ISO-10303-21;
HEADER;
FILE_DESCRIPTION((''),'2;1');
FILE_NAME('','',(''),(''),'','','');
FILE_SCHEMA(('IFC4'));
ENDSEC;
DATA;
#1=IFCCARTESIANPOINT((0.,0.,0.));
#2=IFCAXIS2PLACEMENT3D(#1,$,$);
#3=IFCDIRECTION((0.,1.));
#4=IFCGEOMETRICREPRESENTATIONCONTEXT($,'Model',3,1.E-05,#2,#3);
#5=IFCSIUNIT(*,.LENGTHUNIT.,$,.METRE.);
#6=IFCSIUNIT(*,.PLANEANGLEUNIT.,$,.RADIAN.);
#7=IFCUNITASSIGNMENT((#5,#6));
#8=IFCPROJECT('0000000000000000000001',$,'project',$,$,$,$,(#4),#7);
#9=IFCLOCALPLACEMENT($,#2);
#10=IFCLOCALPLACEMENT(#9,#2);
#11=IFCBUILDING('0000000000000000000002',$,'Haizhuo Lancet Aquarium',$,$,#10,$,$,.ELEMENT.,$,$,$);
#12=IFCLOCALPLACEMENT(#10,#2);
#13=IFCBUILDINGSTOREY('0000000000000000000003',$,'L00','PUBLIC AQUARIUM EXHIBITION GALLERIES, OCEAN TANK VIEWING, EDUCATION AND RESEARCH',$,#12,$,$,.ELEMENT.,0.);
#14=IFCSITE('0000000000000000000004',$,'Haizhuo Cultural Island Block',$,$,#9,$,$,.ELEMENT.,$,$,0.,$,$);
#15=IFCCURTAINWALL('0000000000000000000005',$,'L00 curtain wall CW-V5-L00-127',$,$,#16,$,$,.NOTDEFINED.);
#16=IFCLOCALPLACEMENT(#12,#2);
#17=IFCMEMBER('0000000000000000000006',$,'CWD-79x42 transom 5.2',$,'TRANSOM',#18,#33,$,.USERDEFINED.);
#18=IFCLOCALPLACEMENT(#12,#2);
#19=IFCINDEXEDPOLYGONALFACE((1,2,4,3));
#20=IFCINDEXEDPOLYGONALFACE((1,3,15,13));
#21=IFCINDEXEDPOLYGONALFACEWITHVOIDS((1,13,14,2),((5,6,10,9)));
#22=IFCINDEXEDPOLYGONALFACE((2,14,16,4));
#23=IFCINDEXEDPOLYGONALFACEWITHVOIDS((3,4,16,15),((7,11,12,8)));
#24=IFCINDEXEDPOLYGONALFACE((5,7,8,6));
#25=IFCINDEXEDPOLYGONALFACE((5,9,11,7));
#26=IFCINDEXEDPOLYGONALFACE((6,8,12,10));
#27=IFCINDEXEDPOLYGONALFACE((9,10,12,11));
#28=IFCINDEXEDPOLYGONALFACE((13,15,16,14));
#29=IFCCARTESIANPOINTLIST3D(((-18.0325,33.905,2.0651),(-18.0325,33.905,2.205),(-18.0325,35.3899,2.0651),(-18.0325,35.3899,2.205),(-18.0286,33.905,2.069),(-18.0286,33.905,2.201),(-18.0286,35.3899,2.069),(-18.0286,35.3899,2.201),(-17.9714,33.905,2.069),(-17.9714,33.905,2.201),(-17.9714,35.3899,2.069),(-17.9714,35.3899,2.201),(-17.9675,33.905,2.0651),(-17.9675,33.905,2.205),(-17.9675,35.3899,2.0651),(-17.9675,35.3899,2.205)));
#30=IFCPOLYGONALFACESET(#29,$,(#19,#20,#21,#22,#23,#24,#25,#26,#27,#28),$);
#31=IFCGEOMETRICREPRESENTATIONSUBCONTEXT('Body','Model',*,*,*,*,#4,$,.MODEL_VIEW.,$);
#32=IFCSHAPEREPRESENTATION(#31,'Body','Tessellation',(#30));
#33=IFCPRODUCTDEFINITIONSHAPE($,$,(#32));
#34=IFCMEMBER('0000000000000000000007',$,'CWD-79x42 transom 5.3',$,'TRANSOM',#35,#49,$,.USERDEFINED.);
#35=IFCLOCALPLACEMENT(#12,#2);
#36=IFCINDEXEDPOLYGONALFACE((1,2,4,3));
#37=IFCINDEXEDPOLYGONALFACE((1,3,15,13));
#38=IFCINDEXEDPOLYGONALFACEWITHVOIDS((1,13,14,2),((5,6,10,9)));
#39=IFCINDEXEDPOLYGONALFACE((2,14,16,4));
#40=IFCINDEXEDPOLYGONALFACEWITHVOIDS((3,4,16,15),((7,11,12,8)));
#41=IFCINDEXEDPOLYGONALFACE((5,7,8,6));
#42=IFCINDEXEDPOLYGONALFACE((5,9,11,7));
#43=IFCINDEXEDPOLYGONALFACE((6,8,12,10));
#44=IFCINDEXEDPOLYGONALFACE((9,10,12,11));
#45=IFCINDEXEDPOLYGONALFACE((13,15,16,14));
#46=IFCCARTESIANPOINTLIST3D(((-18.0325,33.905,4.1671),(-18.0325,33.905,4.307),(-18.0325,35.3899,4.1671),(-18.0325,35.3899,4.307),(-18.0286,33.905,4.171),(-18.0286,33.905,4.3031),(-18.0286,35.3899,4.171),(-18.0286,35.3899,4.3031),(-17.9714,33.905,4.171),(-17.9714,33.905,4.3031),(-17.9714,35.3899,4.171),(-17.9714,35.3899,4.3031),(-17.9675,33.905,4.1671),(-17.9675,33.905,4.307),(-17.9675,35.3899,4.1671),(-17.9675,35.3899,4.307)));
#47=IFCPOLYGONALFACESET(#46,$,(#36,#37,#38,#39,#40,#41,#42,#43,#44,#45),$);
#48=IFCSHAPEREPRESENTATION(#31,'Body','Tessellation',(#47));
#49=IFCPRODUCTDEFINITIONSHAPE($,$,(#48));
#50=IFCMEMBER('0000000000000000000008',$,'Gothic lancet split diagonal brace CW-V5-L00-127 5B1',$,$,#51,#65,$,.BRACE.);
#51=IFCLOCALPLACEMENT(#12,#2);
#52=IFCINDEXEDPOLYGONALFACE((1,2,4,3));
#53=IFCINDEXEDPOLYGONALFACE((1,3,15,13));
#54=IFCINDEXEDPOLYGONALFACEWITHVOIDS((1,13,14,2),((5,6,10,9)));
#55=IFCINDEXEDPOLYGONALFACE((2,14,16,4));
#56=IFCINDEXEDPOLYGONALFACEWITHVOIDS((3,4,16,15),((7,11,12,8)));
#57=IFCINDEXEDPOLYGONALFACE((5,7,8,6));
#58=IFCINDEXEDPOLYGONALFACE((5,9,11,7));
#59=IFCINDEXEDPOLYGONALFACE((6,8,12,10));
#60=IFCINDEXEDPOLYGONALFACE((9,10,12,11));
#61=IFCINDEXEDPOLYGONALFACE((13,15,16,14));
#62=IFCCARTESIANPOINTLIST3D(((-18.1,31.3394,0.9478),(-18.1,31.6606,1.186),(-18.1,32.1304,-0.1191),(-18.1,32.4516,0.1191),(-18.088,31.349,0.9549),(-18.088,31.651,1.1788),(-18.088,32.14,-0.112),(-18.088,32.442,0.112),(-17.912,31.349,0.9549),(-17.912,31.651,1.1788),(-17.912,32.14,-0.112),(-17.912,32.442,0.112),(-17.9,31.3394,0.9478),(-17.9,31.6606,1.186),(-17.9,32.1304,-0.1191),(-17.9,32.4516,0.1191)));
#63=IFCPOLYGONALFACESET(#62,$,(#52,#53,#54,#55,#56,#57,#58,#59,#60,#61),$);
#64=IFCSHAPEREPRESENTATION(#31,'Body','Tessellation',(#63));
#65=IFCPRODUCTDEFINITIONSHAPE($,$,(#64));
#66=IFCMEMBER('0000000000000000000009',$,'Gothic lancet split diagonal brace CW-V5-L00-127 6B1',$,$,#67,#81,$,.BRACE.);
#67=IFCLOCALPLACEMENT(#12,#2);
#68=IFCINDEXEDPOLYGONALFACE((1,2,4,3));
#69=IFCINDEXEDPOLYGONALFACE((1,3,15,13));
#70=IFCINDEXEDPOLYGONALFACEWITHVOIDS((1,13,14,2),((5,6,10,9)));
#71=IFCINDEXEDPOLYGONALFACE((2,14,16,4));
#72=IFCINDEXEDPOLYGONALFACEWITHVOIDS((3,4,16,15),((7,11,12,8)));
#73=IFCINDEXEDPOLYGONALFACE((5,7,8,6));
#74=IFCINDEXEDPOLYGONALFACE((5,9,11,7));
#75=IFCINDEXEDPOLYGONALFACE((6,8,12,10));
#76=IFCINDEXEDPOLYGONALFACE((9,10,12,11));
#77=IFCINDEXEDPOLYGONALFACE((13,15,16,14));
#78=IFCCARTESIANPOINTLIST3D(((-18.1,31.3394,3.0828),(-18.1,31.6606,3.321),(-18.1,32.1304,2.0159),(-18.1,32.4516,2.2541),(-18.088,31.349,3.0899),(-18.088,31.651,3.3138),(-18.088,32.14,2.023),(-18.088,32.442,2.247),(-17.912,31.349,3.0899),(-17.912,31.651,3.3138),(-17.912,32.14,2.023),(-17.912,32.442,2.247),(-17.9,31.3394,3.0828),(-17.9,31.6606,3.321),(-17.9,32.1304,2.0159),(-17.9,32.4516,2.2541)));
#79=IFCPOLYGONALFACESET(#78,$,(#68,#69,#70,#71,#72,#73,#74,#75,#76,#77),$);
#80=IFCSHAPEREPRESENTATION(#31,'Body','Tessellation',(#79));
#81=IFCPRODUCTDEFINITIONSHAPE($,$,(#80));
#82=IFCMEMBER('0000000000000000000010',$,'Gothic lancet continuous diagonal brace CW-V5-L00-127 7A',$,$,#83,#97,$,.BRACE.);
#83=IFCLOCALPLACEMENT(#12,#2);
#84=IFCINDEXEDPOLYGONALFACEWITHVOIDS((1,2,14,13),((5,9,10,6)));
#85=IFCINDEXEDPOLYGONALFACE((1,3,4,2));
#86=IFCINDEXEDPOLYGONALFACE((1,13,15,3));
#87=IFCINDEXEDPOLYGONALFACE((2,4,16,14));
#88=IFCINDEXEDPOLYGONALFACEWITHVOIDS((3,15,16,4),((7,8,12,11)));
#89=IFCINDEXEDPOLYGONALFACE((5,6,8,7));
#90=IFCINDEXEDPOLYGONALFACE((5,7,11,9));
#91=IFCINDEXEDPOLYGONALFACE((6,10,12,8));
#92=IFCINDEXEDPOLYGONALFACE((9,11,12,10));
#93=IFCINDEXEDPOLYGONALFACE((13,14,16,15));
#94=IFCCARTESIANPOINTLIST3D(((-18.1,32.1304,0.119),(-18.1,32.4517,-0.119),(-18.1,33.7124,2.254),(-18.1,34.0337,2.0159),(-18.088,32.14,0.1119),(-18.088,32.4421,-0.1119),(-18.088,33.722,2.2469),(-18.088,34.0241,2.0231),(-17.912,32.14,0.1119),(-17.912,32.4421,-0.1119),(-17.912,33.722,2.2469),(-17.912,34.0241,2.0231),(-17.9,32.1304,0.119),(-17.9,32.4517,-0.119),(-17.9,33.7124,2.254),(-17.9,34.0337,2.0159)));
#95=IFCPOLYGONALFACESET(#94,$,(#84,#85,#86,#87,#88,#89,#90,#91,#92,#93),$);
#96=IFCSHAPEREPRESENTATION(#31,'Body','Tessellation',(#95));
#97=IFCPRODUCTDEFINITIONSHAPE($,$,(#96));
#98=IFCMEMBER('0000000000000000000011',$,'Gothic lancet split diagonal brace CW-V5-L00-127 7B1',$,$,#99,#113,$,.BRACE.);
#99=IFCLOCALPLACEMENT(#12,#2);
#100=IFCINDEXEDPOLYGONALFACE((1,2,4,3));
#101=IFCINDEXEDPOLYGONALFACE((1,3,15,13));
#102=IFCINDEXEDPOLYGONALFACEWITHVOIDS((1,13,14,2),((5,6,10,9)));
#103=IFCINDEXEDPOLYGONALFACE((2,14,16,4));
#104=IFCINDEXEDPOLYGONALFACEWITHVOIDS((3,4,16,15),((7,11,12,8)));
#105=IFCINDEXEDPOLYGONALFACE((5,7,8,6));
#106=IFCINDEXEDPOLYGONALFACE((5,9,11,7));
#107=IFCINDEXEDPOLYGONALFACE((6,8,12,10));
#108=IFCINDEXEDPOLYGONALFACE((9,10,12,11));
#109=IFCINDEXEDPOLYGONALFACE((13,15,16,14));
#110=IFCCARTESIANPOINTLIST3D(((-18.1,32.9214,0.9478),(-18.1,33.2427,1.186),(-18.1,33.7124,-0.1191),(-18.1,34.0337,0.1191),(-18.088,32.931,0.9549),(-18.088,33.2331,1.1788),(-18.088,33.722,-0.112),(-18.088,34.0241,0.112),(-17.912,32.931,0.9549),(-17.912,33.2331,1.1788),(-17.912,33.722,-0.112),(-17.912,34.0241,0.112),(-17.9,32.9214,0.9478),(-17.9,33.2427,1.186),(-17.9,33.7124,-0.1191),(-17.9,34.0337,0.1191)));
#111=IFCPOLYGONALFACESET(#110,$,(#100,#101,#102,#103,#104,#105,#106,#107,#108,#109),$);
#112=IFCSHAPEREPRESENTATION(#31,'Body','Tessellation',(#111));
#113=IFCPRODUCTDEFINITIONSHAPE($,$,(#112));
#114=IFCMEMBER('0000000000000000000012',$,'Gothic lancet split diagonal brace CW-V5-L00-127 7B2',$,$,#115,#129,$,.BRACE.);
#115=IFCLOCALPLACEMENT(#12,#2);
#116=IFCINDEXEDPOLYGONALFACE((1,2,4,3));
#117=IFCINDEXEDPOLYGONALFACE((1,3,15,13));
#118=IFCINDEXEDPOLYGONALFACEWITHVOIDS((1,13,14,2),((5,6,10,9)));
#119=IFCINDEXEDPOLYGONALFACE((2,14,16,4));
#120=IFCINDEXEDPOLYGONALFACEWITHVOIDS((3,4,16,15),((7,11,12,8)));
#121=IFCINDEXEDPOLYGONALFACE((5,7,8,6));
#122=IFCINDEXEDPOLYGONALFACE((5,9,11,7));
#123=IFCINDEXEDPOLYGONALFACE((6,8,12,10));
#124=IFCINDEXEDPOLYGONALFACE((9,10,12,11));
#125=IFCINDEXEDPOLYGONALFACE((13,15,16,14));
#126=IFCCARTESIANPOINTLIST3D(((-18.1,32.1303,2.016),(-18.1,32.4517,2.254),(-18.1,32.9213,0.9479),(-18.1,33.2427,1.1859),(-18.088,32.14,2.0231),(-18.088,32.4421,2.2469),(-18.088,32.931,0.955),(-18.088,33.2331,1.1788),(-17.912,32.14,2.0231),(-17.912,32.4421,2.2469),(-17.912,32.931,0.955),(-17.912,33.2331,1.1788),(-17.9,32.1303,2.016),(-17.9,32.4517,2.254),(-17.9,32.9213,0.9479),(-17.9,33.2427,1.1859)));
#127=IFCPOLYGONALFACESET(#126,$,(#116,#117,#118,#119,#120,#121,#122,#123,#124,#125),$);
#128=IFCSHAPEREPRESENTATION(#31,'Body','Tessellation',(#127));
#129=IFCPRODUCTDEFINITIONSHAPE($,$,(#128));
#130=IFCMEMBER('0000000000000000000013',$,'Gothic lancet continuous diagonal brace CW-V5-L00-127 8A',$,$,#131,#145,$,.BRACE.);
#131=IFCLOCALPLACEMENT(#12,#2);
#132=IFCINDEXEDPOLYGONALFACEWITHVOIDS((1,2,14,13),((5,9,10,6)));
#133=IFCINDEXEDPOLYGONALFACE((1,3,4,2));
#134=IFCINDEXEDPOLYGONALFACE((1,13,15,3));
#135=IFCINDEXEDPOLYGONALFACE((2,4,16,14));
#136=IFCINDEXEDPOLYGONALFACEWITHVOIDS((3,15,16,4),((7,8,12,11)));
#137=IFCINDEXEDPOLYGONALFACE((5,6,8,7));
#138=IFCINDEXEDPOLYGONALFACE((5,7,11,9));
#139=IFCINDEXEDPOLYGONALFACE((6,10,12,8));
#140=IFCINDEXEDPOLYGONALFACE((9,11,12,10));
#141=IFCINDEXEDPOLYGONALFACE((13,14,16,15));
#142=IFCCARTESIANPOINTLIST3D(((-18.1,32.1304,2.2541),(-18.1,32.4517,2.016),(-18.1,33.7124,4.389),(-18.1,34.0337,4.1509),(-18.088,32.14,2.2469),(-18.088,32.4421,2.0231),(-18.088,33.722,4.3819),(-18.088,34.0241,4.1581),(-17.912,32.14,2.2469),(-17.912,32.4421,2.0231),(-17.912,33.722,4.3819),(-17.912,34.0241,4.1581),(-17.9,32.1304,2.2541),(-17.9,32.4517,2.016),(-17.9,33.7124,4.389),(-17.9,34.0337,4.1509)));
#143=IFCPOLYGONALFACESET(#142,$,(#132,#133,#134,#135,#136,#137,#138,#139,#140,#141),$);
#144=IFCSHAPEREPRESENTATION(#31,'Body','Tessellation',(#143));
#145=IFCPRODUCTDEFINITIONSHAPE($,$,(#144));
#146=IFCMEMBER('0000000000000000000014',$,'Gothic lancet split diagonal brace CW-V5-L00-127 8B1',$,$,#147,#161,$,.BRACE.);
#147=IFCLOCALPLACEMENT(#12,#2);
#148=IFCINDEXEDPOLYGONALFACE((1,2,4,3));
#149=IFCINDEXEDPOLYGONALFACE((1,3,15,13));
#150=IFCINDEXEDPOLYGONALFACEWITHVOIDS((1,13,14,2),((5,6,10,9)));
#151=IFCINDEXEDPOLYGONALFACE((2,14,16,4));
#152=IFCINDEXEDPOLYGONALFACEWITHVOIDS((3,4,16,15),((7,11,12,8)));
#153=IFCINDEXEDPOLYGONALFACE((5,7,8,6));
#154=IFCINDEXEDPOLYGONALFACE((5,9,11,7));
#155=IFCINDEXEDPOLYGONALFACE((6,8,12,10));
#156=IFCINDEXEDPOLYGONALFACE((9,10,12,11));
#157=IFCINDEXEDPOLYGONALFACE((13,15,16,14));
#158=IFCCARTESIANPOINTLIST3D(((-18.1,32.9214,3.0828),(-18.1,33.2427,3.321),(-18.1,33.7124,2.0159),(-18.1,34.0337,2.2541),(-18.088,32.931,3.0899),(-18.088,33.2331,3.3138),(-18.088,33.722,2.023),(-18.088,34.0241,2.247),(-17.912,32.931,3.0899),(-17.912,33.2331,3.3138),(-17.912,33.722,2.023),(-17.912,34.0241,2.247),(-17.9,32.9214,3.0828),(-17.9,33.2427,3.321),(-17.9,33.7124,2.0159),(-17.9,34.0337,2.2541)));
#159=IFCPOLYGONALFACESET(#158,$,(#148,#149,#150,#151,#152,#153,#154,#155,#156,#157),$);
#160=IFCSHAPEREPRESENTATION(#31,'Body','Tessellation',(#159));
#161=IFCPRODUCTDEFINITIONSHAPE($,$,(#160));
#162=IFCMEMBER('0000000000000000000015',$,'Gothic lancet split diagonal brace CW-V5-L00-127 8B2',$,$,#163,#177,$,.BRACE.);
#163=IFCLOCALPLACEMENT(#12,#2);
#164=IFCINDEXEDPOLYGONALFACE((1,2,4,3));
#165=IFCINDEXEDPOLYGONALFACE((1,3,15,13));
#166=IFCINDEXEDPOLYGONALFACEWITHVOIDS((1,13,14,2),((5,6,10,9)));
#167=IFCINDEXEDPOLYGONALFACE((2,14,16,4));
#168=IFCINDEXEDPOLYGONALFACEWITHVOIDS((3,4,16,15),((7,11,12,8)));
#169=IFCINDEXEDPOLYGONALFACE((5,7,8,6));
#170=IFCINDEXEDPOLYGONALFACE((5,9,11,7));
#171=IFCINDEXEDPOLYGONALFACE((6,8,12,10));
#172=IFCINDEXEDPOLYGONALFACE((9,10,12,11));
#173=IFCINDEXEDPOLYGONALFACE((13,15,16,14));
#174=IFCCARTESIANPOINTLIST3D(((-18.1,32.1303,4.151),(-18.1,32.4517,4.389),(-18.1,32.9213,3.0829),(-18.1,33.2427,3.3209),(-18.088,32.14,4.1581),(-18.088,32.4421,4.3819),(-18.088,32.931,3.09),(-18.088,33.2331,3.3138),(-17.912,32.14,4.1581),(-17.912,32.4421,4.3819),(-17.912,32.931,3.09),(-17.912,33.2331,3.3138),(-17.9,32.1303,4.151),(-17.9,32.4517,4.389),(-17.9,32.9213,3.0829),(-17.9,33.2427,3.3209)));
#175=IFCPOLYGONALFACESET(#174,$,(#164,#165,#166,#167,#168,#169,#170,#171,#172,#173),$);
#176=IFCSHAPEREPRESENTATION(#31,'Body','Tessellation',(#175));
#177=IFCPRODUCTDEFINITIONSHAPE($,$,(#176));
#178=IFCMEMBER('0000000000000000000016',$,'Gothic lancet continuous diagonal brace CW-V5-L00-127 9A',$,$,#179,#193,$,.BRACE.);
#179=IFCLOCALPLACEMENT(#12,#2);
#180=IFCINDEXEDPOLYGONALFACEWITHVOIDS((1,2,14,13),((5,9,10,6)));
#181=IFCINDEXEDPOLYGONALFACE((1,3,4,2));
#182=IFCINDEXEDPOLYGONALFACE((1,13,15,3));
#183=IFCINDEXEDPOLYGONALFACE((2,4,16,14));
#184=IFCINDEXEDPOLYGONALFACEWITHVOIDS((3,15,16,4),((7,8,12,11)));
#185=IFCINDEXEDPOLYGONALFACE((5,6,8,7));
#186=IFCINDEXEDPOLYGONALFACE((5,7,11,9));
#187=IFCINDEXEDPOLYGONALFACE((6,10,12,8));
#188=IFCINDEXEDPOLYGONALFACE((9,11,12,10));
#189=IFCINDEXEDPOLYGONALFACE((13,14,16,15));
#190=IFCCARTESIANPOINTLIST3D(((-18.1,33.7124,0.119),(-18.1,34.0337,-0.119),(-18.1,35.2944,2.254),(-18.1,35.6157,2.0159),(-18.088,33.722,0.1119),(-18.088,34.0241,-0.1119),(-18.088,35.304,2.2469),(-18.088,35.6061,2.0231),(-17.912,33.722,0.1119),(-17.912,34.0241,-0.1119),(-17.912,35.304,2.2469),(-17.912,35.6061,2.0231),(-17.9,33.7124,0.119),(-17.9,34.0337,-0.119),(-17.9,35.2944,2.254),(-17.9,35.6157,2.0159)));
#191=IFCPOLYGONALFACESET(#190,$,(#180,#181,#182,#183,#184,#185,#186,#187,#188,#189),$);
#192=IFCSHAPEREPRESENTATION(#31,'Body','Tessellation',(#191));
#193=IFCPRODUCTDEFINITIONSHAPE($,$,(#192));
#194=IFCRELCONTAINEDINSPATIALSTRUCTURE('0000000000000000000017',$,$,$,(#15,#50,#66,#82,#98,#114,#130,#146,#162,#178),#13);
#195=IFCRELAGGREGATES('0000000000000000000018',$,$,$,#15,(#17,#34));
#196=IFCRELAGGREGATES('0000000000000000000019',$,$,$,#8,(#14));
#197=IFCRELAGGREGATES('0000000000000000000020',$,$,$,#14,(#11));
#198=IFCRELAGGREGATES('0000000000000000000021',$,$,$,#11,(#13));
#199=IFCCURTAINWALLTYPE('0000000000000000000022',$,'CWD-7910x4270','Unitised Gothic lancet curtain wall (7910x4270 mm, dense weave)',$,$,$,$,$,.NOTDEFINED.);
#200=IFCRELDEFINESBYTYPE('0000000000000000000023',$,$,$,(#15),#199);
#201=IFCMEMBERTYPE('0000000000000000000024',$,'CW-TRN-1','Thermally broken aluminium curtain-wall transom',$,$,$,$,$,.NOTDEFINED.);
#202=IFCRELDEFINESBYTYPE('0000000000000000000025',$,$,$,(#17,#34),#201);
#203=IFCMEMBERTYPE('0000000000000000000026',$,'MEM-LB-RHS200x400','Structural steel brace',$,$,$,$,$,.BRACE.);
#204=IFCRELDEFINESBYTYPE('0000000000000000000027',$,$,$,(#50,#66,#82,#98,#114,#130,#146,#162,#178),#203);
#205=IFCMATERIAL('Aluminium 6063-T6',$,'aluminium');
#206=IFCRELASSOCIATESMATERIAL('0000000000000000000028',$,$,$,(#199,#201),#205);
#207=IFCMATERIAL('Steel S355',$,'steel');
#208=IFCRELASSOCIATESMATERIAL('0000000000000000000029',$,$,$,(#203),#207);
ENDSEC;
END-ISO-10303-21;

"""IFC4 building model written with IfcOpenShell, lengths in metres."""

from ifc_helpers import new_model, si_unit, direction, frame, origin, origin_2d, place, context, subcontext, project, spatial, hollow_rectangle, extrude, material, material_profile, profile_set, type_object, element, aggregate, save


model = new_model("IFC4")

# Units and contexts
model_context = context("Model", 3, precision=1e-05, world=origin(), true_north=direction((0.0, 1.0)))
body_context = subcontext(model_context, "Body", "Model", "MODEL_VIEW")
ifc_project = project(units=[si_unit("LENGTHUNIT", "METRE"), si_unit("PLANEANGLEUNIT", "RADIAN")], contexts=[model_context])

# Site, building, storey
site_placement = place(None, origin())
site = spatial("IfcSite", under=ifc_project, at=site_placement, Name="Haizhuo Cultural Island Block", CompositionType="ELEMENT", RefElevation=0.0)
building_placement = place(site_placement, origin())
building = spatial("IfcBuilding", under=site, at=building_placement, Name="Haizhuo Lancet Aquarium", CompositionType="ELEMENT")
storey_placement = place(building_placement, origin())
storey = spatial("IfcBuildingStorey", under=building, at=storey_placement, Name="L00", Description="PUBLIC AQUARIUM EXHIBITION GALLERIES, OCEAN TANK VIEWING, EDUCATION AND RESEARCH", CompositionType="ELEMENT", Elevation=0.0)

# Curtain wall, members
ifc_material_1 = material(Name="Aluminium 6063-T6", Category="aluminium")
curtain_wall_type = type_object("IfcCurtainWallType", Name="CWD-7910x4270", Description="Unitised Gothic lancet curtain wall (7910x4270 mm, dense weave)", PredefinedType="NOTDEFINED", material=ifc_material_1)
curtain_wall_placement = place(storey_placement, origin())
curtain_wall = element("IfcCurtainWall", 1, at=curtain_wall_placement, inside=storey, type_object=curtain_wall_type, Name="L00 curtain wall CW-V5-L00-127", PredefinedType="NOTDEFINED")
ifc_material_profile_1 = material_profile(ifc_material_1, hollow_rectangle(XDim=0.0649, YDim=0.1399, WallThickness=0.0039, at=origin_2d()), Name="ALU-T 65x140x4")
ifc_profile_set_1 = profile_set([ifc_material_profile_1], Name="Aluminium 6063-T6")
member_type_1 = type_object("IfcMemberType", Name="CW-TRN-1", Description="Thermally broken aluminium curtain-wall transom", PredefinedType="NOTDEFINED", material=ifc_profile_set_1)
member_1_placement = place(storey_placement, frame((-18.0, 33.905, 2.135), z_axis=(0.0, 1.0, 0.0), x_axis=(-1.0, 0.0, 0.0)))
member_1 = element("IfcMember", 2, at=member_1_placement, type_object=member_type_1, Name="CWD-79x42 transom 5.2", ObjectType="TRANSOM", PredefinedType="USERDEFINED", context=body_context, shape_type="SweptSolid", body=[
    extrude(hollow_rectangle(XDim=0.0649, YDim=0.1399, WallThickness=0.0039, at=origin_2d()), origin(), (0.0, 0.0, 1.0), 1.4849),
])
member_2_placement = place(storey_placement, frame((-18.0, 33.905, 4.2371), z_axis=(0.0, 1.0, 0.0), x_axis=(-1.0, 0.0, 0.0)))
member_2 = element("IfcMember", 3, at=member_2_placement, type_object=member_type_1, Name="CWD-79x42 transom 5.3", ObjectType="TRANSOM", PredefinedType="USERDEFINED", context=body_context, shape_type="SweptSolid", body=[
    extrude(hollow_rectangle(XDim=0.0649, YDim=0.1399, WallThickness=0.0039, at=origin_2d()), origin(), (0.0, 0.0, 1.0), 1.4849),
])

# Members
ifc_material_2 = material(Name="Steel S355", Category="steel")
ifc_material_profile_2 = material_profile(ifc_material_2, hollow_rectangle(XDim=0.2, YDim=0.3999, WallThickness=0.012, at=origin_2d()), Name="RHS 200x400x12")
ifc_profile_set_2 = profile_set([ifc_material_profile_2], Name="Steel S355")
member_type_2 = type_object("IfcMemberType", Name="MEM-LB-RHS200x400", Description="Structural steel brace", PredefinedType="BRACE", material=ifc_profile_set_2)
for number, where, z_axis, x_axis, name in (
    (4, (-18.0, 32.291, 0.0), (0.0, -0.595579, 0.803297), (1.0, 0.0, 0.0), "Gothic lancet split diagonal brace CW-V5-L00-127 5B1"),
    (5, (-18.0, 32.291, 2.135), (0.0, -0.595579, 0.803297), (1.0, 0.0, 0.0), "Gothic lancet split diagonal brace CW-V5-L00-127 6B1"),
):
    element("IfcMember", number, at=place(storey_placement, frame(where, z_axis=z_axis, x_axis=x_axis)), inside=storey, type_object=member_type_2, Name=name, PredefinedType="BRACE", context=body_context, shape_type="SweptSolid", body=[
        extrude(hollow_rectangle(XDim=0.2, YDim=0.3999, WallThickness=0.012, at=origin_2d()), origin(), (0.0, 0.0, 1.0), 1.3281),
    ])
member_3_placement = place(storey_placement, frame((-18.0, 32.291, 0.0), z_axis=(0.0, 0.595359, 0.80346), x_axis=(-1.0, 0.0, 0.0)))
element("IfcMember", 6, at=member_3_placement, inside=storey, type_object=member_type_2, Name="Gothic lancet continuous diagonal brace CW-V5-L00-127 7A", PredefinedType="BRACE", context=body_context, shape_type="SweptSolid", body=[
    extrude(hollow_rectangle(XDim=0.2, YDim=0.3999, WallThickness=0.012, at=origin_2d()), origin(), (0.0, 0.0, 1.0), 2.6572),
])
member_4_placement = place(storey_placement, frame((-18.0, 33.873, 0.0), z_axis=(0.0, -0.595579, 0.803297), x_axis=(1.0, 0.0, 0.0)))
element("IfcMember", 7, at=member_4_placement, inside=storey, type_object=member_type_2, Name="Gothic lancet split diagonal brace CW-V5-L00-127 7B1", PredefinedType="BRACE", context=body_context, shape_type="SweptSolid", body=[
    extrude(hollow_rectangle(XDim=0.2, YDim=0.3999, WallThickness=0.012, at=origin_2d()), origin(), (0.0, 0.0, 1.0), 1.3281),
])
member_5_placement = place(storey_placement, frame((-18.0, 33.082, 1.0669), z_axis=(0.0, -0.59514, 0.803622), x_axis=(1.0, 0.0, 0.0)))
element("IfcMember", 8, at=member_5_placement, inside=storey, type_object=member_type_2, Name="Gothic lancet split diagonal brace CW-V5-L00-127 7B2", PredefinedType="BRACE", context=body_context, shape_type="SweptSolid", body=[
    extrude(hollow_rectangle(XDim=0.2, YDim=0.3999, WallThickness=0.012, at=origin_2d()), origin(), (0.0, 0.0, 1.0), 1.3291),
])
member_6_placement = place(storey_placement, frame((-18.0, 32.291, 2.135), z_axis=(0.0, 0.595359, 0.80346), x_axis=(-1.0, 0.0, 0.0)))
element("IfcMember", 9, at=member_6_placement, inside=storey, type_object=member_type_2, Name="Gothic lancet continuous diagonal brace CW-V5-L00-127 8A", PredefinedType="BRACE", context=body_context, shape_type="SweptSolid", body=[
    extrude(hollow_rectangle(XDim=0.2, YDim=0.3999, WallThickness=0.012, at=origin_2d()), origin(), (0.0, 0.0, 1.0), 2.6572),
])
member_7_placement = place(storey_placement, frame((-18.0, 33.873, 2.135), z_axis=(0.0, -0.595579, 0.803297), x_axis=(1.0, 0.0, 0.0)))
element("IfcMember", 10, at=member_7_placement, inside=storey, type_object=member_type_2, Name="Gothic lancet split diagonal brace CW-V5-L00-127 8B1", PredefinedType="BRACE", context=body_context, shape_type="SweptSolid", body=[
    extrude(hollow_rectangle(XDim=0.2, YDim=0.3999, WallThickness=0.012, at=origin_2d()), origin(), (0.0, 0.0, 1.0), 1.3281),
])
member_8_placement = place(storey_placement, frame((-18.0, 33.082, 3.2019), z_axis=(0.0, -0.59514, 0.803622), x_axis=(1.0, 0.0, 0.0)))
element("IfcMember", 11, at=member_8_placement, inside=storey, type_object=member_type_2, Name="Gothic lancet split diagonal brace CW-V5-L00-127 8B2", PredefinedType="BRACE", context=body_context, shape_type="SweptSolid", body=[
    extrude(hollow_rectangle(XDim=0.2, YDim=0.3999, WallThickness=0.012, at=origin_2d()), origin(), (0.0, 0.0, 1.0), 1.3291),
])
member_9_placement = place(storey_placement, frame((-18.0, 33.873, 0.0), z_axis=(0.0, 0.595359, 0.80346), x_axis=(-1.0, 0.0, 0.0)))
element("IfcMember", 12, at=member_9_placement, inside=storey, type_object=member_type_2, Name="Gothic lancet continuous diagonal brace CW-V5-L00-127 9A", PredefinedType="BRACE", context=body_context, shape_type="SweptSolid", body=[
    extrude(hollow_rectangle(XDim=0.2, YDim=0.3999, WallThickness=0.012, at=origin_2d()), origin(), (0.0, 0.0, 1.0), 2.6572),
])

aggregate(curtain_wall, [member_1, member_2])

save(model, "model.ifc")
